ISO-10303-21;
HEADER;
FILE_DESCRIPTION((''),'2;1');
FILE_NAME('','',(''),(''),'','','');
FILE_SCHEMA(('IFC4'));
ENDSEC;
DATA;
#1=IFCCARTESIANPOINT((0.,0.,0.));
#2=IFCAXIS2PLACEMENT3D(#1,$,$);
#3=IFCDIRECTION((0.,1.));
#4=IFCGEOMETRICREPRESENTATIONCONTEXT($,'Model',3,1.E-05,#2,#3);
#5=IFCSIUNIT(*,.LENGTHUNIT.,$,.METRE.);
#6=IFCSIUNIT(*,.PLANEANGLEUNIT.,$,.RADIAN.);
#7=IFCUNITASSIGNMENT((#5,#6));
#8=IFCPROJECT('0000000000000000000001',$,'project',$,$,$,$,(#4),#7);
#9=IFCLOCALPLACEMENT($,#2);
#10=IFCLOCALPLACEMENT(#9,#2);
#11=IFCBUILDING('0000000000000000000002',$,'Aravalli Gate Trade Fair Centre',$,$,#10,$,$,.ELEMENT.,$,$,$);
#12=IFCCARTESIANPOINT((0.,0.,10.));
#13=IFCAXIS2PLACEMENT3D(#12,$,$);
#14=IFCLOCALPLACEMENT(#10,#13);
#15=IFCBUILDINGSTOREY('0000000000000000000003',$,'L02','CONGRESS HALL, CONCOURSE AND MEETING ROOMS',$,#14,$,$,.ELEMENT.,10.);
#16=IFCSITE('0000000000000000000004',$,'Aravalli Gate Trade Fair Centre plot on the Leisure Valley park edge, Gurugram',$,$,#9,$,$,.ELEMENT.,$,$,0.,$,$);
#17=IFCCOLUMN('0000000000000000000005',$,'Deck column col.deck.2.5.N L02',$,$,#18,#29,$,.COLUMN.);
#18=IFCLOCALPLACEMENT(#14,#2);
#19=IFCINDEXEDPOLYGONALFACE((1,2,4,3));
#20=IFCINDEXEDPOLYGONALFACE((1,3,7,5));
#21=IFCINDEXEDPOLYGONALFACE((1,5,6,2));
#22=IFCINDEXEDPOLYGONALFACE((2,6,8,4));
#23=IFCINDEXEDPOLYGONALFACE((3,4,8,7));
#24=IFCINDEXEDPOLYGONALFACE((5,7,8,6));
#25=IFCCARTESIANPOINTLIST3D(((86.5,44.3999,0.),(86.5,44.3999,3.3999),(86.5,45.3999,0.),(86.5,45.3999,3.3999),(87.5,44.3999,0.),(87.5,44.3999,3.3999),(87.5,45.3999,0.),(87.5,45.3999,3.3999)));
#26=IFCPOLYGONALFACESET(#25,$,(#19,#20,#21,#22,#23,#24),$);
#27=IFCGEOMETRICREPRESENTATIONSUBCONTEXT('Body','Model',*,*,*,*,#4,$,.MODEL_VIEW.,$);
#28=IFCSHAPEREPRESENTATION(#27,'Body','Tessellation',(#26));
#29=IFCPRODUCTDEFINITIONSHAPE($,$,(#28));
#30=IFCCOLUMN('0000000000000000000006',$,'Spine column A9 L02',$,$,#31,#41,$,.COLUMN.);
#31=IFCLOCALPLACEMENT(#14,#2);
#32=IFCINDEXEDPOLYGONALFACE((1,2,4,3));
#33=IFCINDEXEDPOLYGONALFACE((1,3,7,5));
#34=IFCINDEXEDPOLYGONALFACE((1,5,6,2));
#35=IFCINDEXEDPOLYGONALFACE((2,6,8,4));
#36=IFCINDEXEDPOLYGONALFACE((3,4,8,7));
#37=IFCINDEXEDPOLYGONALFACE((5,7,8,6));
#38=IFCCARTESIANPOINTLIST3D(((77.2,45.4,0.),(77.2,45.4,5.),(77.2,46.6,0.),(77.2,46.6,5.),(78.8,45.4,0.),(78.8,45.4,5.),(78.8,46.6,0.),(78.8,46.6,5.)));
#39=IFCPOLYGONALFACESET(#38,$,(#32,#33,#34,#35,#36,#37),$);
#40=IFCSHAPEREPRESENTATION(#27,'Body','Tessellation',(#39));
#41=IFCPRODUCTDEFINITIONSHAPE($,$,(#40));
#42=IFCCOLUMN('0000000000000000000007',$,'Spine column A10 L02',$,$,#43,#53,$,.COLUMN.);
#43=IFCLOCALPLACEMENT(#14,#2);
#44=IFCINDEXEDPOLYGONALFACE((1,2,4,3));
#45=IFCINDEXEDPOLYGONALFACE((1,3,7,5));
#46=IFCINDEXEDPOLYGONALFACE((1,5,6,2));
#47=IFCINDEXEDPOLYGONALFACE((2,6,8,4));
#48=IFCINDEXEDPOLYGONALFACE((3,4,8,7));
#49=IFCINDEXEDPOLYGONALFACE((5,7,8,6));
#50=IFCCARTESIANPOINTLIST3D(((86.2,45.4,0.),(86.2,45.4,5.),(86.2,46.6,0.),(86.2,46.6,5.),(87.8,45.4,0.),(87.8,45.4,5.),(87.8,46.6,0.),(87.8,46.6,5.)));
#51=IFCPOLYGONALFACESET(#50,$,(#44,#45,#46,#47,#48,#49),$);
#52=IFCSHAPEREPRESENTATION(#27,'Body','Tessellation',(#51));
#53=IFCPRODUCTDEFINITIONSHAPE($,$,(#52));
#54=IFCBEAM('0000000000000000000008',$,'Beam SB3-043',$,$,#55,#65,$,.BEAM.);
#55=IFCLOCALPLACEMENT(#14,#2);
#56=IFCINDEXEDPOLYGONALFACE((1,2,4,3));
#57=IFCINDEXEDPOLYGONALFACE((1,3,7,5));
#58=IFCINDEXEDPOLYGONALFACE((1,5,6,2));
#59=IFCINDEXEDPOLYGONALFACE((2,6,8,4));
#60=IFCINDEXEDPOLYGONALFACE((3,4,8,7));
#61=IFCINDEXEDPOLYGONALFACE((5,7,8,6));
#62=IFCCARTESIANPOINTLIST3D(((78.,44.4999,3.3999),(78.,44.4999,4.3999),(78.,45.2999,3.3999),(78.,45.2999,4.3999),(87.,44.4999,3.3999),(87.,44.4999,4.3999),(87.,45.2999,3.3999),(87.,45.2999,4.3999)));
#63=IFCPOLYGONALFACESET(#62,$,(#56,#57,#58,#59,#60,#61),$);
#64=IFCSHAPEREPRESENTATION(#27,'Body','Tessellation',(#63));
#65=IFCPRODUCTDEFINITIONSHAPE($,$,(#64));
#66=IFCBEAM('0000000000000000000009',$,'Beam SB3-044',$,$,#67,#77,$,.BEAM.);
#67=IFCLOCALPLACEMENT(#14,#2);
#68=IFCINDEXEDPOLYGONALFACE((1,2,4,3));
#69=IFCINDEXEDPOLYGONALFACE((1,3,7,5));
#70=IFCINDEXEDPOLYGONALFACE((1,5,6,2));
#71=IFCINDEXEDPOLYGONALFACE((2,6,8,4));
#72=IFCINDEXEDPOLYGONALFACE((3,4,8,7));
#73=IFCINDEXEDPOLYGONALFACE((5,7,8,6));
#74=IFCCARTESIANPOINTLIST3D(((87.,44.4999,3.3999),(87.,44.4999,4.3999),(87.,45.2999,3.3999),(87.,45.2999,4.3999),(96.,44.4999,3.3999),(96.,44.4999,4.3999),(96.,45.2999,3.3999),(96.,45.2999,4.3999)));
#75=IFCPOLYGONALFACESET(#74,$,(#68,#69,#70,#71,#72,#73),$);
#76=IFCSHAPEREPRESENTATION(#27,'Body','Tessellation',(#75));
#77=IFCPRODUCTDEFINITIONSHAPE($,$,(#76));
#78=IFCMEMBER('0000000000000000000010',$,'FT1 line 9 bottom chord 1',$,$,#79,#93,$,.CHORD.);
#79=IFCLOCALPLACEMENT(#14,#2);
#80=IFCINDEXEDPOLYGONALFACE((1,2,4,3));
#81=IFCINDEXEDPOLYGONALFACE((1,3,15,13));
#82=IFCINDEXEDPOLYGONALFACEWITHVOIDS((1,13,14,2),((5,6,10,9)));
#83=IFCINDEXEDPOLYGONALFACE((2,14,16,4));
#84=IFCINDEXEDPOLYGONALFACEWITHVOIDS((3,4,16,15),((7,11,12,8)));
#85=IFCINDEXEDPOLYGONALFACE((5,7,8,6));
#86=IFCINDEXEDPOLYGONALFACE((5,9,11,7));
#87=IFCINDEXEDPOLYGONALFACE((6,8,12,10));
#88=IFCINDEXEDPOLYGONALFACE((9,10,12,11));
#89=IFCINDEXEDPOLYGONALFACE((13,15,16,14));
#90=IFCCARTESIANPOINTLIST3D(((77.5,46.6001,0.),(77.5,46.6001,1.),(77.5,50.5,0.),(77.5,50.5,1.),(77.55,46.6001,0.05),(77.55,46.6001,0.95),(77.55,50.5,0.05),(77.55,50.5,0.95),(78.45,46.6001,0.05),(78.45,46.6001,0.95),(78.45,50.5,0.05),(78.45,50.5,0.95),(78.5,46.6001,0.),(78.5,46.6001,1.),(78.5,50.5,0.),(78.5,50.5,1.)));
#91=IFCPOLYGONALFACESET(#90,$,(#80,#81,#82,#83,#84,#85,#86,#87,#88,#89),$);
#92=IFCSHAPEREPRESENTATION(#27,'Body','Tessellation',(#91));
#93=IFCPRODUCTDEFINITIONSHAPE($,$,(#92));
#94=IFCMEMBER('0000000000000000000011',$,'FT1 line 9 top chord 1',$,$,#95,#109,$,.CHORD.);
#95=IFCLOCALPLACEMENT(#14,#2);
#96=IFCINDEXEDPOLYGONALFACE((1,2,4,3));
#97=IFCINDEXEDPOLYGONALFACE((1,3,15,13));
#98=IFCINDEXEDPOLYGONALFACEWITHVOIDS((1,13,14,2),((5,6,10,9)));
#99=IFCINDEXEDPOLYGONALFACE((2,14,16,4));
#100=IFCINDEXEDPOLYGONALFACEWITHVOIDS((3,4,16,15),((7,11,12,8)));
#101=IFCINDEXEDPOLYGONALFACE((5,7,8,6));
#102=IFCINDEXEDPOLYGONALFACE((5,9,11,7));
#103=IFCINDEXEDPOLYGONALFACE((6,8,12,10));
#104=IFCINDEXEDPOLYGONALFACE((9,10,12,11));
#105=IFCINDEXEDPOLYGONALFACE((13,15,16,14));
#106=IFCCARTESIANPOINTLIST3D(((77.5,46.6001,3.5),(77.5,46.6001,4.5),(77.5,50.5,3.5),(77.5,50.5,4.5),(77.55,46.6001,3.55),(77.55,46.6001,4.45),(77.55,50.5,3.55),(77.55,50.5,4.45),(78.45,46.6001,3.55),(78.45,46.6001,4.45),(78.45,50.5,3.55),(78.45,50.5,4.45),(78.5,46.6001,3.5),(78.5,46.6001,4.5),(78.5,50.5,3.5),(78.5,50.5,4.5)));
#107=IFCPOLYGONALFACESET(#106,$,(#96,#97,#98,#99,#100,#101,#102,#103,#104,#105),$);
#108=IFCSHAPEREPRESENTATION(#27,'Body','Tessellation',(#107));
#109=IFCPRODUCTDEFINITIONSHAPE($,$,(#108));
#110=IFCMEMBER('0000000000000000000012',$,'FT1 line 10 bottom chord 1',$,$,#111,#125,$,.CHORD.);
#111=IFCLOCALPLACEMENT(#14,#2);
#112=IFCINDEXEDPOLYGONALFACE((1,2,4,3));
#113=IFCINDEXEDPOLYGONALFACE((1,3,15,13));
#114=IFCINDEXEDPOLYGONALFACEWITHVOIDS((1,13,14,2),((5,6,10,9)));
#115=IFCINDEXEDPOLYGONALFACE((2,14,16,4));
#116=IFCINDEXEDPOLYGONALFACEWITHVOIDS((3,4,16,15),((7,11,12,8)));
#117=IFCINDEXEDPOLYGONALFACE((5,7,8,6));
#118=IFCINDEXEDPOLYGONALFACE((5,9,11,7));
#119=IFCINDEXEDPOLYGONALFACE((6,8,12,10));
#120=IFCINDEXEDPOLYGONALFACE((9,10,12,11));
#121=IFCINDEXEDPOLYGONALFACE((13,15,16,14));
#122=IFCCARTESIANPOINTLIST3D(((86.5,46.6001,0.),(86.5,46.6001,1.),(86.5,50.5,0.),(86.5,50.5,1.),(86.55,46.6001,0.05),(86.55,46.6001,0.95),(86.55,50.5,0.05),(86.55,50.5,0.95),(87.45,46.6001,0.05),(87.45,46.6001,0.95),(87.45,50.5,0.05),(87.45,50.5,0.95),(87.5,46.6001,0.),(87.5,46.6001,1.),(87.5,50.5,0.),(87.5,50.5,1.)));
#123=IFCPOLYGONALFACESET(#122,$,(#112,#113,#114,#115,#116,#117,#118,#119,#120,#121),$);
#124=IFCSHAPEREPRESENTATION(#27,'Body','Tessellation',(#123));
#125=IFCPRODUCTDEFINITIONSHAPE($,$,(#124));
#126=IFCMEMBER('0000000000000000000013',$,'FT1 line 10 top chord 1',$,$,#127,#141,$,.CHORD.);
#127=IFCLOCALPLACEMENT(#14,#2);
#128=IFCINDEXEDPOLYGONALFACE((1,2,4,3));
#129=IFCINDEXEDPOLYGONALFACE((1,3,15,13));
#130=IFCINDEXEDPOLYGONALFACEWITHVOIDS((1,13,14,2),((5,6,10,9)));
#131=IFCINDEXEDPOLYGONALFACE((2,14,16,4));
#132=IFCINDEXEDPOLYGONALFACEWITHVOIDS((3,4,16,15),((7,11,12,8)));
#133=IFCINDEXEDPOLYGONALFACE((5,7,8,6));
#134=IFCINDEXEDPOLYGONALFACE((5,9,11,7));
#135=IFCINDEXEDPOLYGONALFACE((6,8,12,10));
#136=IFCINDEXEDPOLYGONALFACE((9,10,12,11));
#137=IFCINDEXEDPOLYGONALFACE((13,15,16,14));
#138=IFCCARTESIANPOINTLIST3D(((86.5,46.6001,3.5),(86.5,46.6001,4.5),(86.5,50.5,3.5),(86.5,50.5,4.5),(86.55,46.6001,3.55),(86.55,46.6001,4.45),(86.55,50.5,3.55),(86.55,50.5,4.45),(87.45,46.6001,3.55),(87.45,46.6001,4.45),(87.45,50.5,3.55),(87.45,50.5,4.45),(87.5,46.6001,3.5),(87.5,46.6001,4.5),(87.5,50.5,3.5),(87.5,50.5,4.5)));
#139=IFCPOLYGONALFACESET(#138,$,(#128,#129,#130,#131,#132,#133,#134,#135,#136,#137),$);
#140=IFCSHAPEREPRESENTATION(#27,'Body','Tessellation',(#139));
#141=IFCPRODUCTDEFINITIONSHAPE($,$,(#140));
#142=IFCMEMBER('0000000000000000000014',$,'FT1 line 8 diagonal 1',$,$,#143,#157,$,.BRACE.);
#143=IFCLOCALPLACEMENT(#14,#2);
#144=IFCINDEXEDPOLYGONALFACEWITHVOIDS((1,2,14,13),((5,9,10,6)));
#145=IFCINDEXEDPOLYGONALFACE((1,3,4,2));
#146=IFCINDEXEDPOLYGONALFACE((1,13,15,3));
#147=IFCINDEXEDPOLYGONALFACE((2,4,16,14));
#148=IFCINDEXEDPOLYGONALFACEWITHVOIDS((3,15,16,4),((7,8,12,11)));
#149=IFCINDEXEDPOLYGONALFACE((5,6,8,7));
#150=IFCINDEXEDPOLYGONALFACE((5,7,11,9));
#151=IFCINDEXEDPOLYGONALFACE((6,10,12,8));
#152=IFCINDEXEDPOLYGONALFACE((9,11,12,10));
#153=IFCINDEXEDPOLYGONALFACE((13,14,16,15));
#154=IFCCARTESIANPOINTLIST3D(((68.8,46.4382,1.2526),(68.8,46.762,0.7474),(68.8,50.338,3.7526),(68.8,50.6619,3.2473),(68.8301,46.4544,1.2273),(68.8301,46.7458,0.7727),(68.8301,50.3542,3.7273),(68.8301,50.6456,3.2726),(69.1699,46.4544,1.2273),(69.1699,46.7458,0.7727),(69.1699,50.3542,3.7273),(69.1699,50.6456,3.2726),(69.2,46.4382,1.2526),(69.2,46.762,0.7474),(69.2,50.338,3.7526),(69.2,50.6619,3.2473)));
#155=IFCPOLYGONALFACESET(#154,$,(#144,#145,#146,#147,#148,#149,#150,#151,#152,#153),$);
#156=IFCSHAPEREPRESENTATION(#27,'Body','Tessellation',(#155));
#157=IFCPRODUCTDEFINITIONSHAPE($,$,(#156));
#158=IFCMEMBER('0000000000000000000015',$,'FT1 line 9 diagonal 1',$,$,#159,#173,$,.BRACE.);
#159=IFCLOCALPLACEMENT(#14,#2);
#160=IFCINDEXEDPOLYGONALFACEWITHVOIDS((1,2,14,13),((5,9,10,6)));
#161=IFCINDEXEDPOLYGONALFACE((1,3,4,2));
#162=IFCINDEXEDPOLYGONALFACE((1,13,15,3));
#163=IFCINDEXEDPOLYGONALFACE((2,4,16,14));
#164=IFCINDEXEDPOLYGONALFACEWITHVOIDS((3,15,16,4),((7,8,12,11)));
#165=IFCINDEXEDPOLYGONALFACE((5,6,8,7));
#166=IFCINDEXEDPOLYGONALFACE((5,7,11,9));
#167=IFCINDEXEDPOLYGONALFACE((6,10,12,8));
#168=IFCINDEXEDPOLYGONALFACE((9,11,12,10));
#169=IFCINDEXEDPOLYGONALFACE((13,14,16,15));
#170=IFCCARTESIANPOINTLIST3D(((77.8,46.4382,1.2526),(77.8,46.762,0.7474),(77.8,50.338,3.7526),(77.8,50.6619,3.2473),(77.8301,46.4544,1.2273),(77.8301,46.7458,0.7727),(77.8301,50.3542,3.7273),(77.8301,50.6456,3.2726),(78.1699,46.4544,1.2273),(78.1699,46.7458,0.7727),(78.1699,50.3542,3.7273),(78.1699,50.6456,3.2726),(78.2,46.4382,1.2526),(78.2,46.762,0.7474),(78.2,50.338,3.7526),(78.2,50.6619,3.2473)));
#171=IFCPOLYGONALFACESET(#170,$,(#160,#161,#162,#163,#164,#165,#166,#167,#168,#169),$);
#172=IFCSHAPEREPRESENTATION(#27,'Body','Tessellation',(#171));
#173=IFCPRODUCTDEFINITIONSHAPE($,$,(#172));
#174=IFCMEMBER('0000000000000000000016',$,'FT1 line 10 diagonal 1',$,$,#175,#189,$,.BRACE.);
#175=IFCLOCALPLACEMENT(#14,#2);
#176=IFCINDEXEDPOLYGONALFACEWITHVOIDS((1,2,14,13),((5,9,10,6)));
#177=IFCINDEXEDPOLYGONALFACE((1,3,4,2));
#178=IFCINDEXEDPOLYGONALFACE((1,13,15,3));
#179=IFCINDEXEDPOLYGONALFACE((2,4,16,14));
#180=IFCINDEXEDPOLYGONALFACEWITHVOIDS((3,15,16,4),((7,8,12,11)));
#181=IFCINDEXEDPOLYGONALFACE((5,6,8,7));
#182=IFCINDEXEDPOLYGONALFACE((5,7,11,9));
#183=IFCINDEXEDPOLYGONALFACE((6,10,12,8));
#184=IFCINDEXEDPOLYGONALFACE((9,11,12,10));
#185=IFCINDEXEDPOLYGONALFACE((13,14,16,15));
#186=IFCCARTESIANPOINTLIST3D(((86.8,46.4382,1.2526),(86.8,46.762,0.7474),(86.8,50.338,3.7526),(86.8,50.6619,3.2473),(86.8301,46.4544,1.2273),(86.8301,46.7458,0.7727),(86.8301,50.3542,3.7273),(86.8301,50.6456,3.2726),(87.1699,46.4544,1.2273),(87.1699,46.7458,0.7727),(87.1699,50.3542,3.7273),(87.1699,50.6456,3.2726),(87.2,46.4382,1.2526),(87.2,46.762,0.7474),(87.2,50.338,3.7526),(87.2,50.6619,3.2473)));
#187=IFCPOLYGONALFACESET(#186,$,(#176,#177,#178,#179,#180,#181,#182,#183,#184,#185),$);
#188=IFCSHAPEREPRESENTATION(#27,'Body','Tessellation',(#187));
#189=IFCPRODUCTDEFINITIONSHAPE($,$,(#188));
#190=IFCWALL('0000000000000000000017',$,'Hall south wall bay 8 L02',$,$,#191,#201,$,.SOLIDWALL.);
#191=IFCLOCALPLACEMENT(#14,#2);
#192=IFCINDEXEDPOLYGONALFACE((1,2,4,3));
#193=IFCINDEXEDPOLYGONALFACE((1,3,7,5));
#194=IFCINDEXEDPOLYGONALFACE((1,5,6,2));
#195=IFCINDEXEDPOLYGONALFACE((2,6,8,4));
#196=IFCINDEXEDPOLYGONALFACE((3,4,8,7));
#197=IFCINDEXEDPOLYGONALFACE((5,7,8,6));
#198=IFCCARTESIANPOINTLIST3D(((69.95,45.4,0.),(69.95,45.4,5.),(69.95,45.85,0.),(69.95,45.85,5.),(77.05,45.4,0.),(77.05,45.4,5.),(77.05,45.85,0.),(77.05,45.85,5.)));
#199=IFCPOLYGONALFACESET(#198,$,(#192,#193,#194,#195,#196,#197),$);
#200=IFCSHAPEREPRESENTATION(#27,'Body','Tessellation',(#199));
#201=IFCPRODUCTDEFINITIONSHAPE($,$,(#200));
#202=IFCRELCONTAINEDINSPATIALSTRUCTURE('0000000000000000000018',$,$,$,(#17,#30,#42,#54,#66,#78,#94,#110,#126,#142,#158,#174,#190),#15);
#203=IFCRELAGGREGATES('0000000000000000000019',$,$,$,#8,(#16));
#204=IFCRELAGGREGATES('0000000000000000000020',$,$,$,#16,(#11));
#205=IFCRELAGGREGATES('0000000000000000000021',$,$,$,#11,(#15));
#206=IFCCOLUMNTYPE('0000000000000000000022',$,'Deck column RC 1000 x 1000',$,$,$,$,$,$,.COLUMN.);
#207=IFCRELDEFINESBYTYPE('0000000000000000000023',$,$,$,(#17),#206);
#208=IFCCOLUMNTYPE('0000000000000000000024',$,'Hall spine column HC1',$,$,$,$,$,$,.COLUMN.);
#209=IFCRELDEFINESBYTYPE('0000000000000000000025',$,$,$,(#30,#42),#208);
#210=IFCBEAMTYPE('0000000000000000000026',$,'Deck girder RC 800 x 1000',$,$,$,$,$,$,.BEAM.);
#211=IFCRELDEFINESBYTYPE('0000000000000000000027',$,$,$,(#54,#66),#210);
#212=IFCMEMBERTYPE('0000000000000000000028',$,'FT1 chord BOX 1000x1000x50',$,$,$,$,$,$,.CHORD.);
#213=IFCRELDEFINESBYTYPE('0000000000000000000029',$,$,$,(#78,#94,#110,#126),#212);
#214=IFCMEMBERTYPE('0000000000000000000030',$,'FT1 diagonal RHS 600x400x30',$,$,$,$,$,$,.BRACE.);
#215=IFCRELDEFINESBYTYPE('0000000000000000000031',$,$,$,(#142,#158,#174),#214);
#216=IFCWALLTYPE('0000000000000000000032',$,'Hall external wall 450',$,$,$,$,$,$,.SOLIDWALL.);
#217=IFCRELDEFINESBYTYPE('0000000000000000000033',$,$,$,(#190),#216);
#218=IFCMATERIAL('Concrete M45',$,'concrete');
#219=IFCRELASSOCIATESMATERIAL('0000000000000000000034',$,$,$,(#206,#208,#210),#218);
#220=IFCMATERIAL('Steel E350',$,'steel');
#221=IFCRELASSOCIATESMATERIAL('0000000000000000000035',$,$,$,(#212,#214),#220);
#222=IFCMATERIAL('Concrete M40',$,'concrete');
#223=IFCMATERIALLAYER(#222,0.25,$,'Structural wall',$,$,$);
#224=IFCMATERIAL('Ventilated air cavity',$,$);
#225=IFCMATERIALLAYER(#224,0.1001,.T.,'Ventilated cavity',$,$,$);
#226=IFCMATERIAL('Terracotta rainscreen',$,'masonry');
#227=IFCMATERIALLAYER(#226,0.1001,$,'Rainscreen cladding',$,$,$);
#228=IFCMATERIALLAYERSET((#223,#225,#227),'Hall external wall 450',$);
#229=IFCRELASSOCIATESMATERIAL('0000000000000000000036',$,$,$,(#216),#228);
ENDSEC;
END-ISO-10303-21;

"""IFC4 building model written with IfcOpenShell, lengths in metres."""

from ifc_helpers import new_model, si_unit, direction, frame, frame_2d, origin, origin_2d, place, context, subcontext, project, spatial, rectangle, hollow_rectangle, extrude, material, layer, layer_set, material_profile, profile_set, type_object, element, save


model = new_model("IFC4")

# Units and contexts
model_context = context("Model", 3, precision=1e-05, world=origin(), true_north=direction((0.0, 1.0)))
body_context = subcontext(model_context, "Body", "Model", "MODEL_VIEW")
ifc_project = project(units=[si_unit("LENGTHUNIT", "METRE"), si_unit("PLANEANGLEUNIT", "RADIAN")], contexts=[model_context])

# Site, building, storey
site_placement = place(None, origin())
site = spatial("IfcSite", under=ifc_project, at=site_placement, Name="Aravalli Gate Trade Fair Centre plot on the Leisure Valley park edge, Gurugram", CompositionType="ELEMENT", RefElevation=0.0)
building_placement = place(site_placement, origin())
building = spatial("IfcBuilding", under=site, at=building_placement, Name="Aravalli Gate Trade Fair Centre", CompositionType="ELEMENT")
storey_placement = place(building_placement, frame((0.0, 0.0, 10.0)))
storey = spatial("IfcBuildingStorey", under=building, at=storey_placement, Name="L02", Description="CONGRESS HALL, CONCOURSE AND MEETING ROOMS", CompositionType="ELEMENT", Elevation=10.0)

# Columns
ifc_material_1 = material(Name="Concrete M45", Category="concrete")
ifc_material_profile_1 = material_profile(ifc_material_1, rectangle(XDim=1.0, YDim=1.0, at=origin_2d()), Name="Deck column RC 1000 x 1000")
ifc_profile_set_1 = profile_set([ifc_material_profile_1], Name="Concrete M45")
column_type_1 = type_object("IfcColumnType", Name="Deck column RC 1000 x 1000", PredefinedType="COLUMN", material=ifc_profile_set_1)
column_placement = place(storey_placement, frame((87.0, 44.8999, 0.0), z_axis=(0.0, 0.0, 1.0), x_axis=(1.0, 0.0, 0.0)))
element("IfcColumn", 1, at=column_placement, inside=storey, type_object=column_type_1, Name="Deck column col.deck.2.5.N L02", PredefinedType="COLUMN", context=body_context, shape_type="SweptSolid", body=[
    extrude(rectangle(XDim=1.0, YDim=1.0, at=origin_2d()), origin(), (0.0, 0.0, 1.0), 3.3999),
])
ifc_material_profile_2 = material_profile(ifc_material_1, rectangle(XDim=1.6001, YDim=1.2, at=origin_2d()), Name="RC 1600x1200")
ifc_profile_set_2 = profile_set([ifc_material_profile_2], Name="Concrete M45")
column_type_2 = type_object("IfcColumnType", Name="Hall spine column HC1", PredefinedType="COLUMN", material=ifc_profile_set_2)
for number, where, z_axis, x_axis, name in (
    (2, (78.0, 46.0, 0.0), (0.0, 0.0, 1.0), (1.0, 0.0, 0.0), "Spine column A9 L02"),
    (3, (87.0, 46.0, 0.0), (0.0, 0.0, 1.0), (1.0, 0.0, 0.0), "Spine column A10 L02"),
):
    element("IfcColumn", number, at=place(storey_placement, frame(where, z_axis=z_axis, x_axis=x_axis)), inside=storey, type_object=column_type_2, Name=name, PredefinedType="COLUMN", context=body_context, shape_type="SweptSolid", body=[
        extrude(rectangle(XDim=1.6001, YDim=1.2, at=origin_2d()), origin(), (0.0, 0.0, 1.0), 5.0),
    ])

# Beams
ifc_material_profile_3 = material_profile(ifc_material_1, rectangle(XDim=0.8, YDim=1.0, at=origin_2d()), Name="Deck girder RC 800 x 1000")
ifc_profile_set_3 = profile_set([ifc_material_profile_3], Name="Concrete M45")
beam_type = type_object("IfcBeamType", Name="Deck girder RC 800 x 1000", PredefinedType="BEAM", material=ifc_profile_set_3)
for number, where, z_axis, x_axis, name in (
    (4, (78.0, 44.8999, 3.8999), (1.0, 0.0, 0.0), (0.0, 1.0, 0.0), "Beam SB3-043"),
    (5, (87.0, 44.8999, 3.8999), (1.0, 0.0, 0.0), (0.0, 1.0, 0.0), "Beam SB3-044"),
):
    element("IfcBeam", number, at=place(storey_placement, frame(where, z_axis=z_axis, x_axis=x_axis)), inside=storey, type_object=beam_type, Name=name, PredefinedType="BEAM", context=body_context, shape_type="SweptSolid", body=[
        extrude(rectangle(XDim=0.8, YDim=1.0, at=origin_2d()), origin(), (0.0, 0.0, 1.0), 9.0),
    ])

# Members
ifc_material_2 = material(Name="Steel E350", Category="steel")
ifc_material_profile_4 = material_profile(ifc_material_2, hollow_rectangle(XDim=1.0, YDim=1.0, WallThickness=0.05, at=origin_2d()), Name="BOX 1000x1000x50")
ifc_profile_set_4 = profile_set([ifc_material_profile_4], Name="Steel E350")
member_type_1 = type_object("IfcMemberType", Name="FT1 chord BOX 1000x1000x50", PredefinedType="CHORD", material=ifc_profile_set_4)
for number, where, z_axis, x_axis, name in (
    (6, (78.0, 46.6001, 0.5), (0.0, 1.0, 0.0), (-1.0, 0.0, 0.0), "FT1 line 9 bottom chord 1"),
    (7, (78.0, 46.6001, 4.0), (0.0, 1.0, 0.0), (-1.0, 0.0, 0.0), "FT1 line 9 top chord 1"),
    (8, (87.0, 46.6001, 0.5), (0.0, 1.0, 0.0), (-1.0, 0.0, 0.0), "FT1 line 10 bottom chord 1"),
    (9, (87.0, 46.6001, 4.0), (0.0, 1.0, 0.0), (-1.0, 0.0, 0.0), "FT1 line 10 top chord 1"),
):
    element("IfcMember", number, at=place(storey_placement, frame(where, z_axis=z_axis, x_axis=x_axis)), inside=storey, type_object=member_type_1, Name=name, PredefinedType="CHORD", context=body_context, shape_type="SweptSolid", body=[
        extrude(hollow_rectangle(XDim=1.0, YDim=1.0, WallThickness=0.05, at=origin_2d()), origin(), (0.0, 0.0, 1.0), 3.8999),
    ])
ifc_material_profile_5 = material_profile(ifc_material_2, hollow_rectangle(XDim=0.3999, YDim=0.6001, WallThickness=0.03, at=origin_2d()), Name="RHS 600x400x30")
ifc_profile_set_5 = profile_set([ifc_material_profile_5], Name="Steel E350")
member_type_2 = type_object("IfcMemberType", Name="FT1 diagonal RHS 600x400x30", PredefinedType="BRACE", material=ifc_profile_set_5)
for number, where, z_axis, x_axis, name in (
    (10, (69.0, 46.6001, 1.0), (0.0, 0.841873, 0.539676), (-1.0, 0.0, 0.0), "FT1 line 8 diagonal 1"),
    (11, (78.0, 46.6001, 1.0), (0.0, 0.841873, 0.539676), (-1.0, 0.0, 0.0), "FT1 line 9 diagonal 1"),
    (12, (87.0, 46.6001, 1.0), (0.0, 0.841873, 0.539676), (-1.0, 0.0, 0.0), "FT1 line 10 diagonal 1"),
):
    element("IfcMember", number, at=place(storey_placement, frame(where, z_axis=z_axis, x_axis=x_axis)), inside=storey, type_object=member_type_2, Name=name, PredefinedType="BRACE", context=body_context, shape_type="SweptSolid", body=[
        extrude(hollow_rectangle(XDim=0.3999, YDim=0.6001, WallThickness=0.03, at=origin_2d()), origin(), (0.0, 0.0, 1.0), 4.6323),
    ])

# Wall
ifc_material_3 = material(Name="Concrete M40", Category="concrete")
ifc_layer_1 = layer(ifc_material_3, 0.25, Name="Structural wall")
ifc_material_4 = material(Name="Ventilated air cavity")
ifc_layer_2 = layer(ifc_material_4, 0.1001, ventilated=True, Name="Ventilated cavity")
ifc_material_5 = material(Name="Terracotta rainscreen", Category="masonry")
ifc_layer_3 = layer(ifc_material_5, 0.1001, Name="Rainscreen cladding")
ifc_layer_set_1 = layer_set([ifc_layer_1, ifc_layer_2, ifc_layer_3], Name="Hall external wall 450")
wall_type_1 = type_object("IfcWallType", Name="Hall external wall 450", PredefinedType="SOLIDWALL", material=ifc_layer_set_1)
wall_1_placement = place(storey_placement, frame((69.95, 45.625, 0.0), z_axis=(0.0, 0.0, 1.0), x_axis=(1.0, 0.0, 0.0)))
element("IfcWall", 13, at=wall_1_placement, inside=storey, type_object=wall_type_1, Name="Hall south wall bay 8 L02", PredefinedType="SOLIDWALL", context=body_context, shape_type="SweptSolid", body=[
    extrude(rectangle(XDim=7.1001, YDim=0.45, at=frame_2d((3.55, 0.0))), origin(), (0.0, 0.0, 1.0), 5.0),
])

save(model, "model.ifc")
